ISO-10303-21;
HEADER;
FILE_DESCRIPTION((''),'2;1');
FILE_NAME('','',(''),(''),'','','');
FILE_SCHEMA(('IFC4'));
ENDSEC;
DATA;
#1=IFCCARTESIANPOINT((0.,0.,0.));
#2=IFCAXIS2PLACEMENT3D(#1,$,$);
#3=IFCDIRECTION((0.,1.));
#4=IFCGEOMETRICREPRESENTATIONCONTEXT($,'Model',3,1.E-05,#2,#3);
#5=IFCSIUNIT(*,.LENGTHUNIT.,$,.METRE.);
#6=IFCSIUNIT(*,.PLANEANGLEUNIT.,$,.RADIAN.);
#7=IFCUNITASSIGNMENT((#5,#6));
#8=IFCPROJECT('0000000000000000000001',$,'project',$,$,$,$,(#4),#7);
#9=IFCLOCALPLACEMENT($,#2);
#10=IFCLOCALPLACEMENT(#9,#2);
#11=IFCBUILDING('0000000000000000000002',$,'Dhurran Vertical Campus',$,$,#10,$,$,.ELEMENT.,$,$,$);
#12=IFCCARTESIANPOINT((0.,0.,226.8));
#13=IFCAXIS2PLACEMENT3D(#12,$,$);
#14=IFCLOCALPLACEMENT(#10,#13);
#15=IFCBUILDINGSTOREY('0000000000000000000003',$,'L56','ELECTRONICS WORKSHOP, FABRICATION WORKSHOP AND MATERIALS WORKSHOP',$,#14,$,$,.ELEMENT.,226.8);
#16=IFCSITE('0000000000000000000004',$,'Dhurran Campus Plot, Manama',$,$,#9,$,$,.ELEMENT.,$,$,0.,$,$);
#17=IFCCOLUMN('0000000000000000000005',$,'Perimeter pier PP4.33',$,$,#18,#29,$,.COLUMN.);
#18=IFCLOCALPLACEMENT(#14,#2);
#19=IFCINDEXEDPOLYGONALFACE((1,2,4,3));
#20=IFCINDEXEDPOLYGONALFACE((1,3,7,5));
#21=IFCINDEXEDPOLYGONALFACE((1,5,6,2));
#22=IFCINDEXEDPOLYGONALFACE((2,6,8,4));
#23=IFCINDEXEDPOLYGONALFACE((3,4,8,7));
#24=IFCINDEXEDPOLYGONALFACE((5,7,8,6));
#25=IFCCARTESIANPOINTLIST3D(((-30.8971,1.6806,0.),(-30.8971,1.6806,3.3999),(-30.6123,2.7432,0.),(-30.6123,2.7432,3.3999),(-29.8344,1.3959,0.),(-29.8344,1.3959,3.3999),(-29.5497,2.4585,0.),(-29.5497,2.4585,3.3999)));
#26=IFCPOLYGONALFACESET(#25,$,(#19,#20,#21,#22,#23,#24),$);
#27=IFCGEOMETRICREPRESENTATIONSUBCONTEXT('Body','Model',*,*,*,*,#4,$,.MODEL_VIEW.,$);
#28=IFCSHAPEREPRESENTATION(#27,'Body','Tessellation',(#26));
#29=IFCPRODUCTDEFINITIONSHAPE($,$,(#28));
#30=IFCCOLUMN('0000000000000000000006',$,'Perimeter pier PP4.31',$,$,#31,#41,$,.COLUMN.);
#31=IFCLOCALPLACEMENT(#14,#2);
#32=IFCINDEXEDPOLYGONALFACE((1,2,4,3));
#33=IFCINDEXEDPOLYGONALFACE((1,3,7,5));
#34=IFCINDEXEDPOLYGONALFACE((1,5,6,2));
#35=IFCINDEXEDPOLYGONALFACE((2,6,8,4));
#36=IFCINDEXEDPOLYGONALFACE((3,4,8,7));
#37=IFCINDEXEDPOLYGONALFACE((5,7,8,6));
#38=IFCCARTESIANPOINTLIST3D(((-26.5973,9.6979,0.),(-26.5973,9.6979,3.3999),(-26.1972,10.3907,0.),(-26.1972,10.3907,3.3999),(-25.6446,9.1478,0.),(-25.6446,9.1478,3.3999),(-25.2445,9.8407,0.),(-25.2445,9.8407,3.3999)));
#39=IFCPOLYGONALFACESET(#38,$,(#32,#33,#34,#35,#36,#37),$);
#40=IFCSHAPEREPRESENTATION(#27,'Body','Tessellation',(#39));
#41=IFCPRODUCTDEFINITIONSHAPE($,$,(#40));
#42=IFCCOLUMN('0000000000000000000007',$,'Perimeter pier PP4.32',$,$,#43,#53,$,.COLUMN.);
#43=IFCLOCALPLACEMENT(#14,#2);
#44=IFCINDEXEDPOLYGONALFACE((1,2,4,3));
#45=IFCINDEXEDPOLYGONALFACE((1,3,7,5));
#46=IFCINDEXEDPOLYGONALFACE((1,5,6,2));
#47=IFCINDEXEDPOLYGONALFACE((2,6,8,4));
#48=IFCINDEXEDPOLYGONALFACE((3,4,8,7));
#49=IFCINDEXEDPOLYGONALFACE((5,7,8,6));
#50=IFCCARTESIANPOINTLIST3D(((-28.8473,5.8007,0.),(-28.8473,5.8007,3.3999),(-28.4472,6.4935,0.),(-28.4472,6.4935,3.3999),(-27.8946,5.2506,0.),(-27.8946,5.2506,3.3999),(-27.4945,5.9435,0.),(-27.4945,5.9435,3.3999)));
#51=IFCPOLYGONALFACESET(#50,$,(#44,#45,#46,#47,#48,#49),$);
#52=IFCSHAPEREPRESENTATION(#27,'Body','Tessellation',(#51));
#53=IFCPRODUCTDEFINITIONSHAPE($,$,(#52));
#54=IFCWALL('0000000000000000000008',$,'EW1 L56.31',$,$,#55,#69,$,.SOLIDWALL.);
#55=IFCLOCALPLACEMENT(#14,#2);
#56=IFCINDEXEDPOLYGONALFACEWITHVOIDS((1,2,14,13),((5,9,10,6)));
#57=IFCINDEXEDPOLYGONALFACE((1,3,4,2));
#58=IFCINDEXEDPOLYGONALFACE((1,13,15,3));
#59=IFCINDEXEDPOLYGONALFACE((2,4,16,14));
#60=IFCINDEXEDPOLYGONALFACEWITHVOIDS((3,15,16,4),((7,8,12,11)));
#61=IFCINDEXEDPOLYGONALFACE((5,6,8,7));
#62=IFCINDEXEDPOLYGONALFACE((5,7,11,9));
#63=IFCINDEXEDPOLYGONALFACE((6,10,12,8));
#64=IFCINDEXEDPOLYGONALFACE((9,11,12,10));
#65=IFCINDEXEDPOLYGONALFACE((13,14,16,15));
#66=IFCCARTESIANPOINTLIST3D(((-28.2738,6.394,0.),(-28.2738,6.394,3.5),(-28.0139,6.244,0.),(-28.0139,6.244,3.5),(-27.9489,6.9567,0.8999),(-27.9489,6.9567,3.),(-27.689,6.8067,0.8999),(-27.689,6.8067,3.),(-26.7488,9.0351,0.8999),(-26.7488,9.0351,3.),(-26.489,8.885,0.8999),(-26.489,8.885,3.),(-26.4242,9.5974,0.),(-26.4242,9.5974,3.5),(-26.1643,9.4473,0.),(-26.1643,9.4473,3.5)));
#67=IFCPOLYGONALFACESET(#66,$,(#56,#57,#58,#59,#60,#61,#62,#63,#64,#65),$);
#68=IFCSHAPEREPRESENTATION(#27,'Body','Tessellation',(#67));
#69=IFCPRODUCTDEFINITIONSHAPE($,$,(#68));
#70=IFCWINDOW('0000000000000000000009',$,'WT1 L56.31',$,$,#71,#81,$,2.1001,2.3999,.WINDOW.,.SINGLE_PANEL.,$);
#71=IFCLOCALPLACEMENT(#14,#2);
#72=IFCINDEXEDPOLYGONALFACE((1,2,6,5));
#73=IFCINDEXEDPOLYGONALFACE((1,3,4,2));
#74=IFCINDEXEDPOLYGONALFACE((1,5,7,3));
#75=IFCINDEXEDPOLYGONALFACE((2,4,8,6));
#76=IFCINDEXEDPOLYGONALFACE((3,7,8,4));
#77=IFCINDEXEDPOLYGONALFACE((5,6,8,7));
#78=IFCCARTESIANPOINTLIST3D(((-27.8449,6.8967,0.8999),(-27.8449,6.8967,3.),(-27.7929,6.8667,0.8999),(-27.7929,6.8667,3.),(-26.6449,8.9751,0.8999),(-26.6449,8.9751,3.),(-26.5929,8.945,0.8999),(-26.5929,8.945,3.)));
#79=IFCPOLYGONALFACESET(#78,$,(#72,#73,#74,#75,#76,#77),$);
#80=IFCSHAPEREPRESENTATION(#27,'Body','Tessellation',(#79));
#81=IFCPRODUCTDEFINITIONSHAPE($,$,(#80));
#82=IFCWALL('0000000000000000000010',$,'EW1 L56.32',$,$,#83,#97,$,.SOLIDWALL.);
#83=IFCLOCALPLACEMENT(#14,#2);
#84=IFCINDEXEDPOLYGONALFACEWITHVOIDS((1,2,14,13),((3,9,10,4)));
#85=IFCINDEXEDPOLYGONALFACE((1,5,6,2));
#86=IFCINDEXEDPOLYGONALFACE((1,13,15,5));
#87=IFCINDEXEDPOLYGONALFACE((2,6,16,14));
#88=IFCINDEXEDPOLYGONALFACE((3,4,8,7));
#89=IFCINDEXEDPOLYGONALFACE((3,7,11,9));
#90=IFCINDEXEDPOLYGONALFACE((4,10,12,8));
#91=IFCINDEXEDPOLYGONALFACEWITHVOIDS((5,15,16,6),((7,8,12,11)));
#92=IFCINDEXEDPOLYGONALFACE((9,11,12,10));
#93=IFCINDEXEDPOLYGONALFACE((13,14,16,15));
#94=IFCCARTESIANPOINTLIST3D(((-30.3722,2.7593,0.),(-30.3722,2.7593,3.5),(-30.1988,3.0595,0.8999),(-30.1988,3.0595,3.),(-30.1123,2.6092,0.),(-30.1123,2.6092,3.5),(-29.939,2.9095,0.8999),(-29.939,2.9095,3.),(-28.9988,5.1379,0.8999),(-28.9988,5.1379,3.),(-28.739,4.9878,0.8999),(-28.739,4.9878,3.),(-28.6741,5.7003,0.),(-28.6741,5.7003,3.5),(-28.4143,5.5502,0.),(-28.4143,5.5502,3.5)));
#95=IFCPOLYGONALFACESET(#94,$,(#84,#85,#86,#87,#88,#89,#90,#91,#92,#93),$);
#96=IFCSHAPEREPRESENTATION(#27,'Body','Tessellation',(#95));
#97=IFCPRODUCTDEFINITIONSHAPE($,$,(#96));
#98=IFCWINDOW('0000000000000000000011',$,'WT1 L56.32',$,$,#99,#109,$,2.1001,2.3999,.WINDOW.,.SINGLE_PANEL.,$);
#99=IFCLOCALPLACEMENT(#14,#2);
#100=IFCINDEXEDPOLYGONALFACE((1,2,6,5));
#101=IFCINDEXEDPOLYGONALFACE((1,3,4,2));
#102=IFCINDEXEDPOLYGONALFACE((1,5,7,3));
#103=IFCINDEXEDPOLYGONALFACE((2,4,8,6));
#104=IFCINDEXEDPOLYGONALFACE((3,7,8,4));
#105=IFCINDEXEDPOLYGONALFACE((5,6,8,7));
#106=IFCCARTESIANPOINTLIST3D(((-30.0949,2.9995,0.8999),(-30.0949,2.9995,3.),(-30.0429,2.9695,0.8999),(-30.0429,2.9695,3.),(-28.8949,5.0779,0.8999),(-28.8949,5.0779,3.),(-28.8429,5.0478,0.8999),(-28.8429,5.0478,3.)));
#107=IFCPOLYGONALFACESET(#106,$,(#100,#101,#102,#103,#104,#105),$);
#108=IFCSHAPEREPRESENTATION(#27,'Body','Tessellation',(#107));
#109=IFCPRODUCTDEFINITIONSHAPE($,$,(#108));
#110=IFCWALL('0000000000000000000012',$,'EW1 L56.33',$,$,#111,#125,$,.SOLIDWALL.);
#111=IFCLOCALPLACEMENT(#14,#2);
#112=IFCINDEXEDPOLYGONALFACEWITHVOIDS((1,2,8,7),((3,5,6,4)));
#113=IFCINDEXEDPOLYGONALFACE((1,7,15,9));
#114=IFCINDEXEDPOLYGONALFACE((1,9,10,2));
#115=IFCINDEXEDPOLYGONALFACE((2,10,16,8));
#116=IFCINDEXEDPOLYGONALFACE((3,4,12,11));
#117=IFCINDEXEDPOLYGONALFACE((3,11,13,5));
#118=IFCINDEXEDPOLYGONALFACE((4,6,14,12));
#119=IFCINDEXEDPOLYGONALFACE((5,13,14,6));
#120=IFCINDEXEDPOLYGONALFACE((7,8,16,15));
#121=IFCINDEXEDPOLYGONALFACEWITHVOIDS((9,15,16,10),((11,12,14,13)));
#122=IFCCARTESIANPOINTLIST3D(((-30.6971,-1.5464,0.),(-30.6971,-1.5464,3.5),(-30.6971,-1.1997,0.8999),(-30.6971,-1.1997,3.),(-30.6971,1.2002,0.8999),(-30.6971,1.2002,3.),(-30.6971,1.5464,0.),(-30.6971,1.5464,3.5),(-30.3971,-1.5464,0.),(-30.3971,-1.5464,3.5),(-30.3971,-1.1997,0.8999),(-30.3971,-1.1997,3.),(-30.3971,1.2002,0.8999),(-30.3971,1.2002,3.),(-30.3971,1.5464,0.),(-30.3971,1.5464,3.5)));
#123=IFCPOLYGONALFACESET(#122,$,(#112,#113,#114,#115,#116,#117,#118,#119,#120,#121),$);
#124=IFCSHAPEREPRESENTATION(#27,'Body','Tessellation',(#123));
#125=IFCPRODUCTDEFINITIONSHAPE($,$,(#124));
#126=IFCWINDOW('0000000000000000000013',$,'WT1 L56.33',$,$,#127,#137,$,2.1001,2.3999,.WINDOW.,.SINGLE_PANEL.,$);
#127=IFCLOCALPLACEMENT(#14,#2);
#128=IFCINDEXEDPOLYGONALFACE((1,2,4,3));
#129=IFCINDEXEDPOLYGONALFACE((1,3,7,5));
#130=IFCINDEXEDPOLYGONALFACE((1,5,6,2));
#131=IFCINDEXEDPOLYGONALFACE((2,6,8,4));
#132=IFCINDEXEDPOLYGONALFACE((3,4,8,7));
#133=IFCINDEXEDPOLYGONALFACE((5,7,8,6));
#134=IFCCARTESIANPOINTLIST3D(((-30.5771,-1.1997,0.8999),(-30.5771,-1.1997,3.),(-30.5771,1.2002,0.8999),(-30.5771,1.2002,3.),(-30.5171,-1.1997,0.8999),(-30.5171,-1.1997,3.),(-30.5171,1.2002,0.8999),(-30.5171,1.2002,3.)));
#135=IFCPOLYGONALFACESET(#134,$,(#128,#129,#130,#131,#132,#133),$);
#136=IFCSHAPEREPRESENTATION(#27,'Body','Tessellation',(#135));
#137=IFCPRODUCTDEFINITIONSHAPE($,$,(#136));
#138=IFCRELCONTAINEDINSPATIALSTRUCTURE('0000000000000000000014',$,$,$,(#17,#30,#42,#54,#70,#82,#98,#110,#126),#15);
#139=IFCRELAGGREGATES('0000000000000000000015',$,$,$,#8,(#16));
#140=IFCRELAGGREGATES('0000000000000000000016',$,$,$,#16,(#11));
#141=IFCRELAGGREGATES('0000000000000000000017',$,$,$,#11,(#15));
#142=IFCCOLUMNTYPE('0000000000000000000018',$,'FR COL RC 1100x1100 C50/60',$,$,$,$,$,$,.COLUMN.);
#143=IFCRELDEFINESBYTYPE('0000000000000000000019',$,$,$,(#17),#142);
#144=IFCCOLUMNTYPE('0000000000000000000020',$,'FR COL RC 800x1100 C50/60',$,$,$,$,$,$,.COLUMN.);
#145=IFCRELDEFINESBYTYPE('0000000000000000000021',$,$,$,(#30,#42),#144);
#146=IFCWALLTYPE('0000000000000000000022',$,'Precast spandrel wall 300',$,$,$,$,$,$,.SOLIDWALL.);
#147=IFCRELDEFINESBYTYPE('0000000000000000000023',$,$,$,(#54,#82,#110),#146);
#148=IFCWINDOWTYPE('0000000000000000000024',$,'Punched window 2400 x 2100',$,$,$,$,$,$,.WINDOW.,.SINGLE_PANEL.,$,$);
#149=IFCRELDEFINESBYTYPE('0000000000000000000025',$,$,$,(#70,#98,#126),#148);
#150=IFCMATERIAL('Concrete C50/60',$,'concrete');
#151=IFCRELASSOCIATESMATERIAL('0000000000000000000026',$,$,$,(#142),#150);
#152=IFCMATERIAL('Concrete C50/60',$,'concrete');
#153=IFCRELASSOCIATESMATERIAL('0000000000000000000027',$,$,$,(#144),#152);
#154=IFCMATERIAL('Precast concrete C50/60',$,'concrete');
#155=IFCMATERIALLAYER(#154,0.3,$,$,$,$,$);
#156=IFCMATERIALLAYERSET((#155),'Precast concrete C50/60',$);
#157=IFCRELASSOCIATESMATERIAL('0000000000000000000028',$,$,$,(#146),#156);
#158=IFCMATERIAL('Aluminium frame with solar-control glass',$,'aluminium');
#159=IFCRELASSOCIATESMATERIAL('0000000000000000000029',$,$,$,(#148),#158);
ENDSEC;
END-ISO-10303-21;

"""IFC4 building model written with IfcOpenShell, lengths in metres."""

from ifc_helpers import new_model, si_unit, direction, frame, frame_2d, origin, origin_2d, place, context, subcontext, project, spatial, rectangle, extrude, material, layer, layer_set, material_profile, profile_set, type_object, element, fill, save


model = new_model("IFC4")

# Units and contexts
model_context = context("Model", 3, precision=1e-05, world=origin(), true_north=direction((0.0, 1.0)))
body_context = subcontext(model_context, "Body", "Model", "MODEL_VIEW")
ifc_project = project(units=[si_unit("LENGTHUNIT", "METRE"), si_unit("PLANEANGLEUNIT", "RADIAN")], contexts=[model_context])

# Site, building, storey
site_placement = place(None, origin())
site = spatial("IfcSite", under=ifc_project, at=site_placement, Name="Dhurran Campus Plot, Manama", CompositionType="ELEMENT", RefElevation=0.0)
building_placement = place(site_placement, origin())
building = spatial("IfcBuilding", under=site, at=building_placement, Name="Dhurran Vertical Campus", CompositionType="ELEMENT")
storey_placement = place(building_placement, frame((0.0, 0.0, 226.8)))
storey = spatial("IfcBuildingStorey", under=building, at=storey_placement, Name="L56", Description="ELECTRONICS WORKSHOP, FABRICATION WORKSHOP AND MATERIALS WORKSHOP", CompositionType="ELEMENT", Elevation=226.8)

# Columns
ifc_material_1 = material(Name="Concrete C50/60", Category="concrete")
ifc_material_profile_1 = material_profile(ifc_material_1, rectangle(XDim=1.1001, YDim=1.1001, at=origin_2d()), Name="RC 1100x1100")
ifc_profile_set_1 = profile_set([ifc_material_profile_1], Name="Concrete C50/60")
column_type_1 = type_object("IfcColumnType", Name="FR COL RC 1100x1100 C50/60", PredefinedType="COLUMN", material=ifc_profile_set_1)
column_placement = place(storey_placement, frame((-30.2234, 2.0696, 0.0), z_axis=(0.0, 0.0, 1.0), x_axis=(-0.258819, -0.965926, 0.0)))
element("IfcColumn", 1, at=column_placement, inside=storey, type_object=column_type_1, Name="Perimeter pier PP4.33", PredefinedType="COLUMN", context=body_context, shape_type="SweptSolid", body=[
    extrude(rectangle(XDim=1.1001, YDim=1.1001, at=origin_2d()), origin(), (0.0, 0.0, 1.0), 3.3999),
])
ifc_material_2 = material(Name="Concrete C50/60", Category="concrete")
ifc_material_profile_2 = material_profile(ifc_material_2, rectangle(XDim=0.8, YDim=1.1001, at=origin_2d()), Name="RC 800x1100")
ifc_profile_set_2 = profile_set([ifc_material_profile_2], Name="Concrete C50/60")
column_type_2 = type_object("IfcColumnType", Name="FR COL RC 800x1100 C50/60", PredefinedType="COLUMN", material=ifc_profile_set_2)
for number, where, z_axis, x_axis, name in (
    (2, (-25.9209, 9.7693, 0.0), (0.0, 0.0, 1.0), (-0.5, -0.866025, 0.0), "Perimeter pier PP4.31"),
    (3, (-28.1709, 5.8721, 0.0), (0.0, 0.0, 1.0), (-0.5, -0.866025, 0.0), "Perimeter pier PP4.32"),
):
    element("IfcColumn", number, at=place(storey_placement, frame(where, z_axis=z_axis, x_axis=x_axis)), inside=storey, type_object=column_type_2, Name=name, PredefinedType="COLUMN", context=body_context, shape_type="SweptSolid", body=[
        extrude(rectangle(XDim=0.8, YDim=1.1001, at=origin_2d()), origin(), (0.0, 0.0, 1.0), 3.3999),
    ])

# Walls, openings, windows
ifc_material_3 = material(Name="Precast concrete C50/60", Category="concrete")
ifc_layer_1 = layer(ifc_material_3, 0.3)
ifc_layer_set_1 = layer_set([ifc_layer_1], Name="Precast concrete C50/60")
wall_type_1 = type_object("IfcWallType", Name="Precast spandrel wall 300", PredefinedType="SOLIDWALL", material=ifc_layer_set_1)
wall_1_placement = place(storey_placement, frame((-26.2942, 9.5225, 0.0), z_axis=(0.0, 0.0, 1.0), x_axis=(-0.500029, -0.866009, 0.0)))
wall_1 = element("IfcWall", 4, at=wall_1_placement, inside=storey, type_object=wall_type_1, Name="EW1 L56.31", PredefinedType="SOLIDWALL", context=body_context, shape_type="SweptSolid", body=[
    extrude(rectangle(XDim=3.699, YDim=0.3, at=frame_2d((1.8496, 0.0))), origin(), (0.0, 0.0, 1.0), 3.5),
])
opening_1_placement = place(wall_1_placement, frame((0.6494, 0.0, 0.8999)))
opening_1 = element("IfcOpeningElement", 5, at=opening_1_placement, cuts=wall_1, PredefinedType="OPENING", context=body_context, shape_type="SweptSolid", body=[
    extrude(rectangle(XDim=2.3999, YDim=2.1001, at=frame_2d((1.2, 1.05))), frame((0.0, 0.1599, 0.0), z_axis=(0.0, -1.0, 0.0), x_axis=(1.0, 0.0, 0.0)), (0.0, 0.0, 1.0), 0.3201),
])
ifc_material_4 = material(Name="Aluminium frame with solar-control glass", Category="aluminium")
window_type = type_object("IfcWindowType", Name="Punched window 2400 x 2100", PartitioningType="SINGLE_PANEL", PredefinedType="WINDOW", material=ifc_material_4)
window_1_placement = place(opening_1_placement, origin())
window_1 = element("IfcWindow", 6, at=window_1_placement, inside=storey, type_object=window_type, Name="WT1 L56.31", OverallHeight=2.1001, OverallWidth=2.3999, PartitioningType="SINGLE_PANEL", PredefinedType="WINDOW", context=body_context, shape_type="SweptSolid", body=[
    extrude(rectangle(XDim=2.3999, YDim=2.1001, at=frame_2d((1.2, 1.05))), frame((0.0, 0.03, 0.0), z_axis=(0.0, -1.0, 0.0), x_axis=(1.0, 0.0, 0.0)), (0.0, 0.0, 1.0), 0.0601),
])
fill(opening_1, window_1)
wall_2_placement = place(storey_placement, frame((-28.5442, 5.6252, 0.0), z_axis=(0.0, 0.0, 1.0), x_axis=(-0.500013, -0.866018, 0.0)))
wall_2 = element("IfcWall", 7, at=wall_2_placement, inside=storey, type_object=wall_type_1, Name="EW1 L56.32", PredefinedType="SOLIDWALL", context=body_context, shape_type="SweptSolid", body=[
    extrude(rectangle(XDim=3.396, YDim=0.3, at=frame_2d((1.698, 0.0))), origin(), (0.0, 0.0, 1.0), 3.5),
])
opening_2_placement = place(wall_2_placement, frame((0.6494, 0.0, 0.8999)))
opening_2 = element("IfcOpeningElement", 8, at=opening_2_placement, cuts=wall_2, PredefinedType="OPENING", context=body_context, shape_type="SweptSolid", body=[
    extrude(rectangle(XDim=2.3999, YDim=2.1001, at=frame_2d((1.2, 1.05))), frame((0.0, 0.1599, 0.0), z_axis=(0.0, -1.0, 0.0), x_axis=(1.0, 0.0, 0.0)), (0.0, 0.0, 1.0), 0.3201),
])
window_2_placement = place(opening_2_placement, origin())
window_2 = element("IfcWindow", 9, at=window_2_placement, inside=storey, type_object=window_type, Name="WT1 L56.32", OverallHeight=2.1001, OverallWidth=2.3999, PartitioningType="SINGLE_PANEL", PredefinedType="WINDOW", context=body_context, shape_type="SweptSolid", body=[
    extrude(rectangle(XDim=2.3999, YDim=2.1001, at=frame_2d((1.2, 1.05))), frame((0.0, 0.03, 0.0), z_axis=(0.0, -1.0, 0.0), x_axis=(1.0, 0.0, 0.0)), (0.0, 0.0, 1.0), 0.0601),
])
fill(opening_2, window_2)
wall_3_placement = place(storey_placement, frame((-30.5471, 1.5464, 0.0), z_axis=(0.0, 0.0, 1.0), x_axis=(0.0, -1.0, 0.0)))
wall_3 = element("IfcWall", 10, at=wall_3_placement, inside=storey, type_object=wall_type_1, Name="EW1 L56.33", PredefinedType="SOLIDWALL", context=body_context, shape_type="SweptSolid", body=[
    extrude(rectangle(XDim=3.0928, YDim=0.3, at=frame_2d((1.5464, 0.0))), origin(), (0.0, 0.0, 1.0), 3.5),
])
opening_3_placement = place(wall_3_placement, frame((0.3462, 0.0, 0.8999)))
opening_3 = element("IfcOpeningElement", 11, at=opening_3_placement, cuts=wall_3, PredefinedType="OPENING", context=body_context, shape_type="SweptSolid", body=[
    extrude(rectangle(XDim=2.3999, YDim=2.1001, at=frame_2d((1.2, 1.05))), frame((0.0, 0.1599, 0.0), z_axis=(0.0, -1.0, 0.0), x_axis=(1.0, 0.0, 0.0)), (0.0, 0.0, 1.0), 0.3201),
])
window_3_placement = place(opening_3_placement, origin())
window_3 = element("IfcWindow", 12, at=window_3_placement, inside=storey, type_object=window_type, Name="WT1 L56.33", OverallHeight=2.1001, OverallWidth=2.3999, PartitioningType="SINGLE_PANEL", PredefinedType="WINDOW", context=body_context, shape_type="SweptSolid", body=[
    extrude(rectangle(XDim=2.3999, YDim=2.1001, at=frame_2d((1.2, 1.05))), frame((0.0, 0.03, 0.0), z_axis=(0.0, -1.0, 0.0), x_axis=(1.0, 0.0, 0.0)), (0.0, 0.0, 1.0), 0.0601),
])
fill(opening_3, window_3)

save(model, "model.ifc")
